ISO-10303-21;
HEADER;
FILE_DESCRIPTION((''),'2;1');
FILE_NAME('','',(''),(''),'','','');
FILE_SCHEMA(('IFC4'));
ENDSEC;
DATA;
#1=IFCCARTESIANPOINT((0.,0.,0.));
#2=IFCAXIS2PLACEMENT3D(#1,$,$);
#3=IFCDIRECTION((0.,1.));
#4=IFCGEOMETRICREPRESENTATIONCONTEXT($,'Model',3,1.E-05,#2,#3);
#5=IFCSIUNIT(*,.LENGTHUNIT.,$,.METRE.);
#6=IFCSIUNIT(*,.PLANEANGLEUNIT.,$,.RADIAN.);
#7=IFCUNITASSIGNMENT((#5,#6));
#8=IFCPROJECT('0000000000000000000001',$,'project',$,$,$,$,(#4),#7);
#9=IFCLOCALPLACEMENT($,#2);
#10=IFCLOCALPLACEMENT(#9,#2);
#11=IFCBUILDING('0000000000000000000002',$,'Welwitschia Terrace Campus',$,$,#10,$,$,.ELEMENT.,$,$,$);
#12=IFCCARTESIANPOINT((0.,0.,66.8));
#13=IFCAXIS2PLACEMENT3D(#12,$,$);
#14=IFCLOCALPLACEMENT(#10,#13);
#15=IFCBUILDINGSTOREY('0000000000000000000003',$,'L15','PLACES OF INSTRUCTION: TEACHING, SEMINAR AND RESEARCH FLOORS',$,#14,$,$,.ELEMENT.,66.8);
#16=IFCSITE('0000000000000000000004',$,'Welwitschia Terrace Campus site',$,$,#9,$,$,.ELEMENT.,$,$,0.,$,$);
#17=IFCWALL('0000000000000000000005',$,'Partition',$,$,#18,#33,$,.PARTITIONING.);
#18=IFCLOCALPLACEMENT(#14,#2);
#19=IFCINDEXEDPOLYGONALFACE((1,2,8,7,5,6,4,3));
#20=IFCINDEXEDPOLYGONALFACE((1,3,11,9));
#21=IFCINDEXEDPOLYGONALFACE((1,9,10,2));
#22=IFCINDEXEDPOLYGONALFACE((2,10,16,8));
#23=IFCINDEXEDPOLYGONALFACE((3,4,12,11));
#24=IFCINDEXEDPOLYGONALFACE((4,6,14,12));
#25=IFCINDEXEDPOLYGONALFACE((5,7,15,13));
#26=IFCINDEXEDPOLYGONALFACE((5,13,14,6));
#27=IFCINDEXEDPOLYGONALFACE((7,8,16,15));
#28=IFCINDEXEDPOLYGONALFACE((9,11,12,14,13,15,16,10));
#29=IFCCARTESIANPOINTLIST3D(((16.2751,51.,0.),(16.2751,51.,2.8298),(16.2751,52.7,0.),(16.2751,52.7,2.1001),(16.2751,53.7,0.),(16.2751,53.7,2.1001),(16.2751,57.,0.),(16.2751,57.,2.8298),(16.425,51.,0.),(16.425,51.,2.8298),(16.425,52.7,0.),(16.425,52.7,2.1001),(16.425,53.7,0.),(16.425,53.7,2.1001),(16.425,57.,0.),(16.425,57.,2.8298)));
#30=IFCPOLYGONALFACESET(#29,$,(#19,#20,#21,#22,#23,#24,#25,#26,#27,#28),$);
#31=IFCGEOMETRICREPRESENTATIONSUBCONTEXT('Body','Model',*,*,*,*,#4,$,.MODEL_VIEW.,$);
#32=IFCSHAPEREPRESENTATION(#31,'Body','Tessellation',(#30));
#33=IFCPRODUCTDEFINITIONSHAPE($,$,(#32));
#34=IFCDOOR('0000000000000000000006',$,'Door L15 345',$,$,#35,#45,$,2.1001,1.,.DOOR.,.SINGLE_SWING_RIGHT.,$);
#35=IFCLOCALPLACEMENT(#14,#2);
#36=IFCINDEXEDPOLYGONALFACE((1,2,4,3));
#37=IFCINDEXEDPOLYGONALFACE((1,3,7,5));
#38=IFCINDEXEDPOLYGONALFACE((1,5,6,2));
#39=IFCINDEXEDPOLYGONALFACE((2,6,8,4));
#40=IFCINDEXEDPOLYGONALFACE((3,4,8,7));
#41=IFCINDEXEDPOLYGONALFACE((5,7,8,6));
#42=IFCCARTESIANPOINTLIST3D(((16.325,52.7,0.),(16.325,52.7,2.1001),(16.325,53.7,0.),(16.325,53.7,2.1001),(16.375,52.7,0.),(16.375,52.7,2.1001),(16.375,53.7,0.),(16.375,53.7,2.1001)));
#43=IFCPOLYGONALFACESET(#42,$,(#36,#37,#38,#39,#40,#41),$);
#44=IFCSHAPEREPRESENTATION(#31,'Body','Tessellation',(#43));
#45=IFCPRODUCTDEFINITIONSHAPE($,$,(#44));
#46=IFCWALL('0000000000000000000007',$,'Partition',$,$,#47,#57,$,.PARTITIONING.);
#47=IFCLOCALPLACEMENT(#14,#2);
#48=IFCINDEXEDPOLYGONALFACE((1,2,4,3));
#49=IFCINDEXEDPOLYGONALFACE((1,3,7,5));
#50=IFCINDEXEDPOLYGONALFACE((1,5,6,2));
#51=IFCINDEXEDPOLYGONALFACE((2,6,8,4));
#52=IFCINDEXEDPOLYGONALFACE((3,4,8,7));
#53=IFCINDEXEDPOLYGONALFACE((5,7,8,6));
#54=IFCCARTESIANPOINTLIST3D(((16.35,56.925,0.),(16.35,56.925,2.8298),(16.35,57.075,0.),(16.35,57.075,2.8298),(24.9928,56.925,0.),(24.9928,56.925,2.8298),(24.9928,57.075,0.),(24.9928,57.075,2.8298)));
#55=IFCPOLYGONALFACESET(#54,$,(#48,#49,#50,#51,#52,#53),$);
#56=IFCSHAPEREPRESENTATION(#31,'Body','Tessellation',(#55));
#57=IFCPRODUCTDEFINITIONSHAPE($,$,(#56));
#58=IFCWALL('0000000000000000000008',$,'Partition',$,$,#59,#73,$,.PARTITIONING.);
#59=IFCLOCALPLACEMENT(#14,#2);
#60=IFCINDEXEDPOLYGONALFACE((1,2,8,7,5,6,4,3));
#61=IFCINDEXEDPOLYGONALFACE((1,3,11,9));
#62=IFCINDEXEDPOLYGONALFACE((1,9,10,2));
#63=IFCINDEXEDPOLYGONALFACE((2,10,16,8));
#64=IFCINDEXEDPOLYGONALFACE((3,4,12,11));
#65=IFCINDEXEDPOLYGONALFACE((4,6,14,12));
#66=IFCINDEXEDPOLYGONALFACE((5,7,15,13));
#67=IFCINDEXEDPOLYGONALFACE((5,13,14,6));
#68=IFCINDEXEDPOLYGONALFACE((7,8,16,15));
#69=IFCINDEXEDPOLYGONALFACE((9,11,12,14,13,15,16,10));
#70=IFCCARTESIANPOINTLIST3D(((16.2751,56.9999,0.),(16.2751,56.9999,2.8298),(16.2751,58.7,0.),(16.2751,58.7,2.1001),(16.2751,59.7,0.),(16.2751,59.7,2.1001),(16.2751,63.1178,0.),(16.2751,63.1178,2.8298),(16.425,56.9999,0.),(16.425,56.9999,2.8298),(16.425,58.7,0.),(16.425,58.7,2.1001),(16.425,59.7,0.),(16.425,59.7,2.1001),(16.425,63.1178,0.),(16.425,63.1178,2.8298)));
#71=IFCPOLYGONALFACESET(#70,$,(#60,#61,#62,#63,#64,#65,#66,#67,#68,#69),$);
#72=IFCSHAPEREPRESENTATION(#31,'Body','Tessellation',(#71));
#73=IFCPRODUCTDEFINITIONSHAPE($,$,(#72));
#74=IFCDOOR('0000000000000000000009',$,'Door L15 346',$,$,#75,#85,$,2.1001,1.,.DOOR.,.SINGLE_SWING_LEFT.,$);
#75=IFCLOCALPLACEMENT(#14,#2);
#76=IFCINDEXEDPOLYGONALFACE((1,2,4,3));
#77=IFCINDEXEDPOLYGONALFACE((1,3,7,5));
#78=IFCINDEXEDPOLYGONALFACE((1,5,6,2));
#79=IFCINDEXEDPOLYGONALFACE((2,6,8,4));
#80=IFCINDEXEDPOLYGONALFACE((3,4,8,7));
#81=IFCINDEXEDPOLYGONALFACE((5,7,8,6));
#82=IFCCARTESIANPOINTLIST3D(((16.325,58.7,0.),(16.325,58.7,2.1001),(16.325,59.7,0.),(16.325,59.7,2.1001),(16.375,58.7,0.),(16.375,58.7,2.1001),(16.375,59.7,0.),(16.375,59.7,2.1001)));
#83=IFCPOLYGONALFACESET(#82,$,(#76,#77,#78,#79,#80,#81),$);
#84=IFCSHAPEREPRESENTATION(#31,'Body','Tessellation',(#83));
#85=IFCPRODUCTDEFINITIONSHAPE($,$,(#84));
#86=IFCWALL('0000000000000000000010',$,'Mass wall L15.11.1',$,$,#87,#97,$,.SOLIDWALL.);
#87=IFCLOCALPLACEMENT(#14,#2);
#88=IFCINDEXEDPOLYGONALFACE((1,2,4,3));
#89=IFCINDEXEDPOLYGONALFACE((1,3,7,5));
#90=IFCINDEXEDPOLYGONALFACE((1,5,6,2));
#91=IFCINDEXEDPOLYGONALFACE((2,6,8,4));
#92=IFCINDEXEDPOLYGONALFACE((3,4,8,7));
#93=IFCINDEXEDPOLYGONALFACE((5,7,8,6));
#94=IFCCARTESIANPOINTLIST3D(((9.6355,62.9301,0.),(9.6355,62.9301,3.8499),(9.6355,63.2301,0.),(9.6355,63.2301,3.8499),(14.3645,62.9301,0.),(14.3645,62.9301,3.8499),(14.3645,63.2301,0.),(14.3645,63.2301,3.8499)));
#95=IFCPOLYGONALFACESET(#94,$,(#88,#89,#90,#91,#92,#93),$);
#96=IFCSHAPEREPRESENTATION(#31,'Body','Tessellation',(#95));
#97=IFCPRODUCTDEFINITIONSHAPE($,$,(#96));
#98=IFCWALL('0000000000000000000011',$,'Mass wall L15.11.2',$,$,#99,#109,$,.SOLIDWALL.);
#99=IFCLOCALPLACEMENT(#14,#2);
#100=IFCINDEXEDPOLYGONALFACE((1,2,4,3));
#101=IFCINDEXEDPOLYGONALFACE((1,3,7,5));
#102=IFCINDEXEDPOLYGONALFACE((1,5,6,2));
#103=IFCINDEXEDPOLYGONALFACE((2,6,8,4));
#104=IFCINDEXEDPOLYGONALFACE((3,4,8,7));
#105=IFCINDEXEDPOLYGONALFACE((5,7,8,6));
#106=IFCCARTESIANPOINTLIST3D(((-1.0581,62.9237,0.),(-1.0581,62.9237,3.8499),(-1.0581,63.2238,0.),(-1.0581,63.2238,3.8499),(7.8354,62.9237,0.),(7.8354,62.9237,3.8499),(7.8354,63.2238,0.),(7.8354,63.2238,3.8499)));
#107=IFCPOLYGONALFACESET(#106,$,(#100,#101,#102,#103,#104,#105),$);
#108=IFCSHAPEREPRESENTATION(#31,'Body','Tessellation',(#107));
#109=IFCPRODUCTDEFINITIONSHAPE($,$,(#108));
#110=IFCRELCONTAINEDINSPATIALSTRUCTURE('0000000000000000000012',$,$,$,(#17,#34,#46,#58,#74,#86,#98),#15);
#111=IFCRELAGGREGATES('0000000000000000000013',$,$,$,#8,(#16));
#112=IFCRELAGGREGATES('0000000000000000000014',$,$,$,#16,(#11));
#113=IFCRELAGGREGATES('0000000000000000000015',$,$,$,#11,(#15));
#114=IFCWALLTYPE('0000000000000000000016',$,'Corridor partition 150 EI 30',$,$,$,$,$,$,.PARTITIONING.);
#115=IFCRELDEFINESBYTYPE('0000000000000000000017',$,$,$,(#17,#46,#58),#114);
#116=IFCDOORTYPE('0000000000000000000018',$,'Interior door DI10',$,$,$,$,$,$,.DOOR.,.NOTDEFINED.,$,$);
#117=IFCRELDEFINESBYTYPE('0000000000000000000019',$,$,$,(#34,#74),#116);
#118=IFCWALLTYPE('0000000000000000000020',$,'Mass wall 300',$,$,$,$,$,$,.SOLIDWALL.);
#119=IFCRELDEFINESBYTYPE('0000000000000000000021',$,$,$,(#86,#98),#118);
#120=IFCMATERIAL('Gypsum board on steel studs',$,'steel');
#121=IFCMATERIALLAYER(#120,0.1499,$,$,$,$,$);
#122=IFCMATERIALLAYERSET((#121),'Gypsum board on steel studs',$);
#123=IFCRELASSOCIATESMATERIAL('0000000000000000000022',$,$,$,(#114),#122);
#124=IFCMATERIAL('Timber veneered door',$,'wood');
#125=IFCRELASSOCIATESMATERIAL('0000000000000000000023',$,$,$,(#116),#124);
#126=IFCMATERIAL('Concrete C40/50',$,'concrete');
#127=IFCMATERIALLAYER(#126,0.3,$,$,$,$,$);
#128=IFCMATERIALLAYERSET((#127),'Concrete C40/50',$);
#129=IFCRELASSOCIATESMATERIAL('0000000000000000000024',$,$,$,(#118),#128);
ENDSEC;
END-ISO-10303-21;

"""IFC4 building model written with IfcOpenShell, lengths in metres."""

from ifc_helpers import new_model, si_unit, direction, frame, frame_2d, origin, place, context, subcontext, project, spatial, rectangle, extrude, material, layer, layer_set, type_object, element, fill, save


model = new_model("IFC4")

# Units and contexts
model_context = context("Model", 3, precision=1e-05, world=origin(), true_north=direction((0.0, 1.0)))
body_context = subcontext(model_context, "Body", "Model", "MODEL_VIEW")
ifc_project = project(units=[si_unit("LENGTHUNIT", "METRE"), si_unit("PLANEANGLEUNIT", "RADIAN")], contexts=[model_context])

# Site, building, storey
site_placement = place(None, origin())
site = spatial("IfcSite", under=ifc_project, at=site_placement, Name="Welwitschia Terrace Campus site", CompositionType="ELEMENT", RefElevation=0.0)
building_placement = place(site_placement, origin())
building = spatial("IfcBuilding", under=site, at=building_placement, Name="Welwitschia Terrace Campus", CompositionType="ELEMENT")
storey_placement = place(building_placement, frame((0.0, 0.0, 66.8)))
storey = spatial("IfcBuildingStorey", under=building, at=storey_placement, Name="L15", Description="PLACES OF INSTRUCTION: TEACHING, SEMINAR AND RESEARCH FLOORS", CompositionType="ELEMENT", Elevation=66.8)

# Shared definitions
ifc_material_1 = material(Name="Gypsum board on steel studs", Category="steel")
ifc_layer_1 = layer(ifc_material_1, 0.1499)
ifc_layer_set_1 = layer_set([ifc_layer_1], Name="Gypsum board on steel studs")
wall_type_1 = type_object("IfcWallType", Name="Corridor partition 150 EI 30", PredefinedType="PARTITIONING", material=ifc_layer_set_1)
ifc_material_2 = material(Name="Timber veneered door", Category="wood")
door_type_1 = type_object("IfcDoorType", Name="Interior door DI10", OperationType="NOTDEFINED", PredefinedType="DOOR", material=ifc_material_2)

# Wall, opening, door
wall_1_placement = place(storey_placement, frame((16.3501, 57.0, 0.0), z_axis=(0.0, 0.0, 1.0), x_axis=(0.0, -1.0, 0.0)))
wall_1 = element("IfcWall", 1, at=wall_1_placement, inside=storey, type_object=wall_type_1, Name="Partition", PredefinedType="PARTITIONING", context=body_context, shape_type="SweptSolid", body=[
    extrude(rectangle(XDim=6.0, YDim=0.1499, at=frame_2d((3.0, 0.0))), origin(), (0.0, 0.0, 1.0), 2.8298),
])
opening_1_placement = place(wall_1_placement, frame((3.3, 0.0, 0.0)))
opening_1 = element("IfcOpeningElement", 2, at=opening_1_placement, cuts=wall_1, PredefinedType="OPENING", context=body_context, shape_type="SweptSolid", body=[
    extrude(rectangle(XDim=1.0, YDim=2.1001, at=frame_2d((0.5, 1.05))), frame((0.0, 0.085, 0.0), z_axis=(0.0, -1.0, 0.0), x_axis=(1.0, 0.0, 0.0)), (0.0, 0.0, 1.0), 0.1699),
])
door_1_placement = place(opening_1_placement, origin())
door_1 = element("IfcDoor", 3, at=door_1_placement, inside=storey, type_object=door_type_1, Name="Door L15 345", OperationType="SINGLE_SWING_RIGHT", OverallHeight=2.1001, OverallWidth=1.0, PredefinedType="DOOR", context=body_context, shape_type="SweptSolid", body=[
    extrude(rectangle(XDim=1.0, YDim=2.1001, at=frame_2d((0.5, 1.05))), frame((0.0, 0.0249, 0.0), z_axis=(0.0, -1.0, 0.0), x_axis=(1.0, 0.0, 0.0)), (0.0, 0.0, 1.0), 0.05),
])
fill(opening_1, door_1)

# Wall
wall_2_placement = place(storey_placement, frame((16.3501, 57.0, 0.0), z_axis=(0.0, 0.0, 1.0), x_axis=(1.0, 0.0, 0.0)))
element("IfcWall", 4, at=wall_2_placement, inside=storey, type_object=wall_type_1, Name="Partition", PredefinedType="PARTITIONING", context=body_context, shape_type="SweptSolid", body=[
    extrude(rectangle(XDim=8.6428, YDim=0.1499, at=frame_2d((4.3213, 0.0))), origin(), (0.0, 0.0, 1.0), 2.8298),
])

# Wall, opening, door
wall_3_placement = place(storey_placement, frame((16.3501, 63.1179, 0.0), z_axis=(0.0, 0.0, 1.0), x_axis=(0.0, -1.0, 0.0)))
wall_3 = element("IfcWall", 5, at=wall_3_placement, inside=storey, type_object=wall_type_1, Name="Partition", PredefinedType="PARTITIONING", context=body_context, shape_type="SweptSolid", body=[
    extrude(rectangle(XDim=6.1179, YDim=0.1499, at=frame_2d((3.0591, 0.0))), origin(), (0.0, 0.0, 1.0), 2.8298),
])
opening_2_placement = place(wall_3_placement, frame((3.418, 0.0, 0.0)))
opening_2 = element("IfcOpeningElement", 6, at=opening_2_placement, cuts=wall_3, PredefinedType="OPENING", context=body_context, shape_type="SweptSolid", body=[
    extrude(rectangle(XDim=1.0, YDim=2.1001, at=frame_2d((0.5, 1.05))), frame((0.0, 0.085, 0.0), z_axis=(0.0, -1.0, 0.0), x_axis=(1.0, 0.0, 0.0)), (0.0, 0.0, 1.0), 0.1699),
])
door_2_placement = place(opening_2_placement, origin())
door_2 = element("IfcDoor", 7, at=door_2_placement, inside=storey, type_object=door_type_1, Name="Door L15 346", OperationType="SINGLE_SWING_LEFT", OverallHeight=2.1001, OverallWidth=1.0, PredefinedType="DOOR", context=body_context, shape_type="SweptSolid", body=[
    extrude(rectangle(XDim=1.0, YDim=2.1001, at=frame_2d((0.5, 1.05))), frame((0.0, 0.0249, 0.0), z_axis=(0.0, -1.0, 0.0), x_axis=(1.0, 0.0, 0.0)), (0.0, 0.0, 1.0), 0.05),
])
fill(opening_2, door_2)

# Walls
ifc_material_3 = material(Name="Concrete C40/50", Category="concrete")
ifc_layer_2 = layer(ifc_material_3, 0.3)
ifc_layer_set_2 = layer_set([ifc_layer_2], Name="Concrete C40/50")
wall_type_2 = type_object("IfcWallType", Name="Mass wall 300", PredefinedType="SOLIDWALL", material=ifc_layer_set_2)
wall_4_placement = place(storey_placement, frame((14.3645, 63.0801, 0.0), z_axis=(0.0, 0.0, 1.0), x_axis=(-1.0, 0.0, 0.0)))
element("IfcWall", 8, at=wall_4_placement, inside=storey, type_object=wall_type_2, Name="Mass wall L15.11.1", PredefinedType="SOLIDWALL", context=body_context, shape_type="SweptSolid", body=[
    extrude(rectangle(XDim=4.729, YDim=0.3, at=frame_2d((2.3645, 0.0))), origin(), (0.0, 0.0, 1.0), 3.8499),
])
wall_5_placement = place(storey_placement, frame((7.8354, 63.0737, 0.0), z_axis=(0.0, 0.0, 1.0), x_axis=(-1.0, 0.0, 0.0)))
element("IfcWall", 9, at=wall_5_placement, inside=storey, type_object=wall_type_2, Name="Mass wall L15.11.2", PredefinedType="SOLIDWALL", context=body_context, shape_type="SweptSolid", body=[
    extrude(rectangle(XDim=8.8936, YDim=0.3, at=frame_2d((4.4468, 0.0))), origin(), (0.0, 0.0, 1.0), 3.8499),
])

save(model, "model.ifc")
